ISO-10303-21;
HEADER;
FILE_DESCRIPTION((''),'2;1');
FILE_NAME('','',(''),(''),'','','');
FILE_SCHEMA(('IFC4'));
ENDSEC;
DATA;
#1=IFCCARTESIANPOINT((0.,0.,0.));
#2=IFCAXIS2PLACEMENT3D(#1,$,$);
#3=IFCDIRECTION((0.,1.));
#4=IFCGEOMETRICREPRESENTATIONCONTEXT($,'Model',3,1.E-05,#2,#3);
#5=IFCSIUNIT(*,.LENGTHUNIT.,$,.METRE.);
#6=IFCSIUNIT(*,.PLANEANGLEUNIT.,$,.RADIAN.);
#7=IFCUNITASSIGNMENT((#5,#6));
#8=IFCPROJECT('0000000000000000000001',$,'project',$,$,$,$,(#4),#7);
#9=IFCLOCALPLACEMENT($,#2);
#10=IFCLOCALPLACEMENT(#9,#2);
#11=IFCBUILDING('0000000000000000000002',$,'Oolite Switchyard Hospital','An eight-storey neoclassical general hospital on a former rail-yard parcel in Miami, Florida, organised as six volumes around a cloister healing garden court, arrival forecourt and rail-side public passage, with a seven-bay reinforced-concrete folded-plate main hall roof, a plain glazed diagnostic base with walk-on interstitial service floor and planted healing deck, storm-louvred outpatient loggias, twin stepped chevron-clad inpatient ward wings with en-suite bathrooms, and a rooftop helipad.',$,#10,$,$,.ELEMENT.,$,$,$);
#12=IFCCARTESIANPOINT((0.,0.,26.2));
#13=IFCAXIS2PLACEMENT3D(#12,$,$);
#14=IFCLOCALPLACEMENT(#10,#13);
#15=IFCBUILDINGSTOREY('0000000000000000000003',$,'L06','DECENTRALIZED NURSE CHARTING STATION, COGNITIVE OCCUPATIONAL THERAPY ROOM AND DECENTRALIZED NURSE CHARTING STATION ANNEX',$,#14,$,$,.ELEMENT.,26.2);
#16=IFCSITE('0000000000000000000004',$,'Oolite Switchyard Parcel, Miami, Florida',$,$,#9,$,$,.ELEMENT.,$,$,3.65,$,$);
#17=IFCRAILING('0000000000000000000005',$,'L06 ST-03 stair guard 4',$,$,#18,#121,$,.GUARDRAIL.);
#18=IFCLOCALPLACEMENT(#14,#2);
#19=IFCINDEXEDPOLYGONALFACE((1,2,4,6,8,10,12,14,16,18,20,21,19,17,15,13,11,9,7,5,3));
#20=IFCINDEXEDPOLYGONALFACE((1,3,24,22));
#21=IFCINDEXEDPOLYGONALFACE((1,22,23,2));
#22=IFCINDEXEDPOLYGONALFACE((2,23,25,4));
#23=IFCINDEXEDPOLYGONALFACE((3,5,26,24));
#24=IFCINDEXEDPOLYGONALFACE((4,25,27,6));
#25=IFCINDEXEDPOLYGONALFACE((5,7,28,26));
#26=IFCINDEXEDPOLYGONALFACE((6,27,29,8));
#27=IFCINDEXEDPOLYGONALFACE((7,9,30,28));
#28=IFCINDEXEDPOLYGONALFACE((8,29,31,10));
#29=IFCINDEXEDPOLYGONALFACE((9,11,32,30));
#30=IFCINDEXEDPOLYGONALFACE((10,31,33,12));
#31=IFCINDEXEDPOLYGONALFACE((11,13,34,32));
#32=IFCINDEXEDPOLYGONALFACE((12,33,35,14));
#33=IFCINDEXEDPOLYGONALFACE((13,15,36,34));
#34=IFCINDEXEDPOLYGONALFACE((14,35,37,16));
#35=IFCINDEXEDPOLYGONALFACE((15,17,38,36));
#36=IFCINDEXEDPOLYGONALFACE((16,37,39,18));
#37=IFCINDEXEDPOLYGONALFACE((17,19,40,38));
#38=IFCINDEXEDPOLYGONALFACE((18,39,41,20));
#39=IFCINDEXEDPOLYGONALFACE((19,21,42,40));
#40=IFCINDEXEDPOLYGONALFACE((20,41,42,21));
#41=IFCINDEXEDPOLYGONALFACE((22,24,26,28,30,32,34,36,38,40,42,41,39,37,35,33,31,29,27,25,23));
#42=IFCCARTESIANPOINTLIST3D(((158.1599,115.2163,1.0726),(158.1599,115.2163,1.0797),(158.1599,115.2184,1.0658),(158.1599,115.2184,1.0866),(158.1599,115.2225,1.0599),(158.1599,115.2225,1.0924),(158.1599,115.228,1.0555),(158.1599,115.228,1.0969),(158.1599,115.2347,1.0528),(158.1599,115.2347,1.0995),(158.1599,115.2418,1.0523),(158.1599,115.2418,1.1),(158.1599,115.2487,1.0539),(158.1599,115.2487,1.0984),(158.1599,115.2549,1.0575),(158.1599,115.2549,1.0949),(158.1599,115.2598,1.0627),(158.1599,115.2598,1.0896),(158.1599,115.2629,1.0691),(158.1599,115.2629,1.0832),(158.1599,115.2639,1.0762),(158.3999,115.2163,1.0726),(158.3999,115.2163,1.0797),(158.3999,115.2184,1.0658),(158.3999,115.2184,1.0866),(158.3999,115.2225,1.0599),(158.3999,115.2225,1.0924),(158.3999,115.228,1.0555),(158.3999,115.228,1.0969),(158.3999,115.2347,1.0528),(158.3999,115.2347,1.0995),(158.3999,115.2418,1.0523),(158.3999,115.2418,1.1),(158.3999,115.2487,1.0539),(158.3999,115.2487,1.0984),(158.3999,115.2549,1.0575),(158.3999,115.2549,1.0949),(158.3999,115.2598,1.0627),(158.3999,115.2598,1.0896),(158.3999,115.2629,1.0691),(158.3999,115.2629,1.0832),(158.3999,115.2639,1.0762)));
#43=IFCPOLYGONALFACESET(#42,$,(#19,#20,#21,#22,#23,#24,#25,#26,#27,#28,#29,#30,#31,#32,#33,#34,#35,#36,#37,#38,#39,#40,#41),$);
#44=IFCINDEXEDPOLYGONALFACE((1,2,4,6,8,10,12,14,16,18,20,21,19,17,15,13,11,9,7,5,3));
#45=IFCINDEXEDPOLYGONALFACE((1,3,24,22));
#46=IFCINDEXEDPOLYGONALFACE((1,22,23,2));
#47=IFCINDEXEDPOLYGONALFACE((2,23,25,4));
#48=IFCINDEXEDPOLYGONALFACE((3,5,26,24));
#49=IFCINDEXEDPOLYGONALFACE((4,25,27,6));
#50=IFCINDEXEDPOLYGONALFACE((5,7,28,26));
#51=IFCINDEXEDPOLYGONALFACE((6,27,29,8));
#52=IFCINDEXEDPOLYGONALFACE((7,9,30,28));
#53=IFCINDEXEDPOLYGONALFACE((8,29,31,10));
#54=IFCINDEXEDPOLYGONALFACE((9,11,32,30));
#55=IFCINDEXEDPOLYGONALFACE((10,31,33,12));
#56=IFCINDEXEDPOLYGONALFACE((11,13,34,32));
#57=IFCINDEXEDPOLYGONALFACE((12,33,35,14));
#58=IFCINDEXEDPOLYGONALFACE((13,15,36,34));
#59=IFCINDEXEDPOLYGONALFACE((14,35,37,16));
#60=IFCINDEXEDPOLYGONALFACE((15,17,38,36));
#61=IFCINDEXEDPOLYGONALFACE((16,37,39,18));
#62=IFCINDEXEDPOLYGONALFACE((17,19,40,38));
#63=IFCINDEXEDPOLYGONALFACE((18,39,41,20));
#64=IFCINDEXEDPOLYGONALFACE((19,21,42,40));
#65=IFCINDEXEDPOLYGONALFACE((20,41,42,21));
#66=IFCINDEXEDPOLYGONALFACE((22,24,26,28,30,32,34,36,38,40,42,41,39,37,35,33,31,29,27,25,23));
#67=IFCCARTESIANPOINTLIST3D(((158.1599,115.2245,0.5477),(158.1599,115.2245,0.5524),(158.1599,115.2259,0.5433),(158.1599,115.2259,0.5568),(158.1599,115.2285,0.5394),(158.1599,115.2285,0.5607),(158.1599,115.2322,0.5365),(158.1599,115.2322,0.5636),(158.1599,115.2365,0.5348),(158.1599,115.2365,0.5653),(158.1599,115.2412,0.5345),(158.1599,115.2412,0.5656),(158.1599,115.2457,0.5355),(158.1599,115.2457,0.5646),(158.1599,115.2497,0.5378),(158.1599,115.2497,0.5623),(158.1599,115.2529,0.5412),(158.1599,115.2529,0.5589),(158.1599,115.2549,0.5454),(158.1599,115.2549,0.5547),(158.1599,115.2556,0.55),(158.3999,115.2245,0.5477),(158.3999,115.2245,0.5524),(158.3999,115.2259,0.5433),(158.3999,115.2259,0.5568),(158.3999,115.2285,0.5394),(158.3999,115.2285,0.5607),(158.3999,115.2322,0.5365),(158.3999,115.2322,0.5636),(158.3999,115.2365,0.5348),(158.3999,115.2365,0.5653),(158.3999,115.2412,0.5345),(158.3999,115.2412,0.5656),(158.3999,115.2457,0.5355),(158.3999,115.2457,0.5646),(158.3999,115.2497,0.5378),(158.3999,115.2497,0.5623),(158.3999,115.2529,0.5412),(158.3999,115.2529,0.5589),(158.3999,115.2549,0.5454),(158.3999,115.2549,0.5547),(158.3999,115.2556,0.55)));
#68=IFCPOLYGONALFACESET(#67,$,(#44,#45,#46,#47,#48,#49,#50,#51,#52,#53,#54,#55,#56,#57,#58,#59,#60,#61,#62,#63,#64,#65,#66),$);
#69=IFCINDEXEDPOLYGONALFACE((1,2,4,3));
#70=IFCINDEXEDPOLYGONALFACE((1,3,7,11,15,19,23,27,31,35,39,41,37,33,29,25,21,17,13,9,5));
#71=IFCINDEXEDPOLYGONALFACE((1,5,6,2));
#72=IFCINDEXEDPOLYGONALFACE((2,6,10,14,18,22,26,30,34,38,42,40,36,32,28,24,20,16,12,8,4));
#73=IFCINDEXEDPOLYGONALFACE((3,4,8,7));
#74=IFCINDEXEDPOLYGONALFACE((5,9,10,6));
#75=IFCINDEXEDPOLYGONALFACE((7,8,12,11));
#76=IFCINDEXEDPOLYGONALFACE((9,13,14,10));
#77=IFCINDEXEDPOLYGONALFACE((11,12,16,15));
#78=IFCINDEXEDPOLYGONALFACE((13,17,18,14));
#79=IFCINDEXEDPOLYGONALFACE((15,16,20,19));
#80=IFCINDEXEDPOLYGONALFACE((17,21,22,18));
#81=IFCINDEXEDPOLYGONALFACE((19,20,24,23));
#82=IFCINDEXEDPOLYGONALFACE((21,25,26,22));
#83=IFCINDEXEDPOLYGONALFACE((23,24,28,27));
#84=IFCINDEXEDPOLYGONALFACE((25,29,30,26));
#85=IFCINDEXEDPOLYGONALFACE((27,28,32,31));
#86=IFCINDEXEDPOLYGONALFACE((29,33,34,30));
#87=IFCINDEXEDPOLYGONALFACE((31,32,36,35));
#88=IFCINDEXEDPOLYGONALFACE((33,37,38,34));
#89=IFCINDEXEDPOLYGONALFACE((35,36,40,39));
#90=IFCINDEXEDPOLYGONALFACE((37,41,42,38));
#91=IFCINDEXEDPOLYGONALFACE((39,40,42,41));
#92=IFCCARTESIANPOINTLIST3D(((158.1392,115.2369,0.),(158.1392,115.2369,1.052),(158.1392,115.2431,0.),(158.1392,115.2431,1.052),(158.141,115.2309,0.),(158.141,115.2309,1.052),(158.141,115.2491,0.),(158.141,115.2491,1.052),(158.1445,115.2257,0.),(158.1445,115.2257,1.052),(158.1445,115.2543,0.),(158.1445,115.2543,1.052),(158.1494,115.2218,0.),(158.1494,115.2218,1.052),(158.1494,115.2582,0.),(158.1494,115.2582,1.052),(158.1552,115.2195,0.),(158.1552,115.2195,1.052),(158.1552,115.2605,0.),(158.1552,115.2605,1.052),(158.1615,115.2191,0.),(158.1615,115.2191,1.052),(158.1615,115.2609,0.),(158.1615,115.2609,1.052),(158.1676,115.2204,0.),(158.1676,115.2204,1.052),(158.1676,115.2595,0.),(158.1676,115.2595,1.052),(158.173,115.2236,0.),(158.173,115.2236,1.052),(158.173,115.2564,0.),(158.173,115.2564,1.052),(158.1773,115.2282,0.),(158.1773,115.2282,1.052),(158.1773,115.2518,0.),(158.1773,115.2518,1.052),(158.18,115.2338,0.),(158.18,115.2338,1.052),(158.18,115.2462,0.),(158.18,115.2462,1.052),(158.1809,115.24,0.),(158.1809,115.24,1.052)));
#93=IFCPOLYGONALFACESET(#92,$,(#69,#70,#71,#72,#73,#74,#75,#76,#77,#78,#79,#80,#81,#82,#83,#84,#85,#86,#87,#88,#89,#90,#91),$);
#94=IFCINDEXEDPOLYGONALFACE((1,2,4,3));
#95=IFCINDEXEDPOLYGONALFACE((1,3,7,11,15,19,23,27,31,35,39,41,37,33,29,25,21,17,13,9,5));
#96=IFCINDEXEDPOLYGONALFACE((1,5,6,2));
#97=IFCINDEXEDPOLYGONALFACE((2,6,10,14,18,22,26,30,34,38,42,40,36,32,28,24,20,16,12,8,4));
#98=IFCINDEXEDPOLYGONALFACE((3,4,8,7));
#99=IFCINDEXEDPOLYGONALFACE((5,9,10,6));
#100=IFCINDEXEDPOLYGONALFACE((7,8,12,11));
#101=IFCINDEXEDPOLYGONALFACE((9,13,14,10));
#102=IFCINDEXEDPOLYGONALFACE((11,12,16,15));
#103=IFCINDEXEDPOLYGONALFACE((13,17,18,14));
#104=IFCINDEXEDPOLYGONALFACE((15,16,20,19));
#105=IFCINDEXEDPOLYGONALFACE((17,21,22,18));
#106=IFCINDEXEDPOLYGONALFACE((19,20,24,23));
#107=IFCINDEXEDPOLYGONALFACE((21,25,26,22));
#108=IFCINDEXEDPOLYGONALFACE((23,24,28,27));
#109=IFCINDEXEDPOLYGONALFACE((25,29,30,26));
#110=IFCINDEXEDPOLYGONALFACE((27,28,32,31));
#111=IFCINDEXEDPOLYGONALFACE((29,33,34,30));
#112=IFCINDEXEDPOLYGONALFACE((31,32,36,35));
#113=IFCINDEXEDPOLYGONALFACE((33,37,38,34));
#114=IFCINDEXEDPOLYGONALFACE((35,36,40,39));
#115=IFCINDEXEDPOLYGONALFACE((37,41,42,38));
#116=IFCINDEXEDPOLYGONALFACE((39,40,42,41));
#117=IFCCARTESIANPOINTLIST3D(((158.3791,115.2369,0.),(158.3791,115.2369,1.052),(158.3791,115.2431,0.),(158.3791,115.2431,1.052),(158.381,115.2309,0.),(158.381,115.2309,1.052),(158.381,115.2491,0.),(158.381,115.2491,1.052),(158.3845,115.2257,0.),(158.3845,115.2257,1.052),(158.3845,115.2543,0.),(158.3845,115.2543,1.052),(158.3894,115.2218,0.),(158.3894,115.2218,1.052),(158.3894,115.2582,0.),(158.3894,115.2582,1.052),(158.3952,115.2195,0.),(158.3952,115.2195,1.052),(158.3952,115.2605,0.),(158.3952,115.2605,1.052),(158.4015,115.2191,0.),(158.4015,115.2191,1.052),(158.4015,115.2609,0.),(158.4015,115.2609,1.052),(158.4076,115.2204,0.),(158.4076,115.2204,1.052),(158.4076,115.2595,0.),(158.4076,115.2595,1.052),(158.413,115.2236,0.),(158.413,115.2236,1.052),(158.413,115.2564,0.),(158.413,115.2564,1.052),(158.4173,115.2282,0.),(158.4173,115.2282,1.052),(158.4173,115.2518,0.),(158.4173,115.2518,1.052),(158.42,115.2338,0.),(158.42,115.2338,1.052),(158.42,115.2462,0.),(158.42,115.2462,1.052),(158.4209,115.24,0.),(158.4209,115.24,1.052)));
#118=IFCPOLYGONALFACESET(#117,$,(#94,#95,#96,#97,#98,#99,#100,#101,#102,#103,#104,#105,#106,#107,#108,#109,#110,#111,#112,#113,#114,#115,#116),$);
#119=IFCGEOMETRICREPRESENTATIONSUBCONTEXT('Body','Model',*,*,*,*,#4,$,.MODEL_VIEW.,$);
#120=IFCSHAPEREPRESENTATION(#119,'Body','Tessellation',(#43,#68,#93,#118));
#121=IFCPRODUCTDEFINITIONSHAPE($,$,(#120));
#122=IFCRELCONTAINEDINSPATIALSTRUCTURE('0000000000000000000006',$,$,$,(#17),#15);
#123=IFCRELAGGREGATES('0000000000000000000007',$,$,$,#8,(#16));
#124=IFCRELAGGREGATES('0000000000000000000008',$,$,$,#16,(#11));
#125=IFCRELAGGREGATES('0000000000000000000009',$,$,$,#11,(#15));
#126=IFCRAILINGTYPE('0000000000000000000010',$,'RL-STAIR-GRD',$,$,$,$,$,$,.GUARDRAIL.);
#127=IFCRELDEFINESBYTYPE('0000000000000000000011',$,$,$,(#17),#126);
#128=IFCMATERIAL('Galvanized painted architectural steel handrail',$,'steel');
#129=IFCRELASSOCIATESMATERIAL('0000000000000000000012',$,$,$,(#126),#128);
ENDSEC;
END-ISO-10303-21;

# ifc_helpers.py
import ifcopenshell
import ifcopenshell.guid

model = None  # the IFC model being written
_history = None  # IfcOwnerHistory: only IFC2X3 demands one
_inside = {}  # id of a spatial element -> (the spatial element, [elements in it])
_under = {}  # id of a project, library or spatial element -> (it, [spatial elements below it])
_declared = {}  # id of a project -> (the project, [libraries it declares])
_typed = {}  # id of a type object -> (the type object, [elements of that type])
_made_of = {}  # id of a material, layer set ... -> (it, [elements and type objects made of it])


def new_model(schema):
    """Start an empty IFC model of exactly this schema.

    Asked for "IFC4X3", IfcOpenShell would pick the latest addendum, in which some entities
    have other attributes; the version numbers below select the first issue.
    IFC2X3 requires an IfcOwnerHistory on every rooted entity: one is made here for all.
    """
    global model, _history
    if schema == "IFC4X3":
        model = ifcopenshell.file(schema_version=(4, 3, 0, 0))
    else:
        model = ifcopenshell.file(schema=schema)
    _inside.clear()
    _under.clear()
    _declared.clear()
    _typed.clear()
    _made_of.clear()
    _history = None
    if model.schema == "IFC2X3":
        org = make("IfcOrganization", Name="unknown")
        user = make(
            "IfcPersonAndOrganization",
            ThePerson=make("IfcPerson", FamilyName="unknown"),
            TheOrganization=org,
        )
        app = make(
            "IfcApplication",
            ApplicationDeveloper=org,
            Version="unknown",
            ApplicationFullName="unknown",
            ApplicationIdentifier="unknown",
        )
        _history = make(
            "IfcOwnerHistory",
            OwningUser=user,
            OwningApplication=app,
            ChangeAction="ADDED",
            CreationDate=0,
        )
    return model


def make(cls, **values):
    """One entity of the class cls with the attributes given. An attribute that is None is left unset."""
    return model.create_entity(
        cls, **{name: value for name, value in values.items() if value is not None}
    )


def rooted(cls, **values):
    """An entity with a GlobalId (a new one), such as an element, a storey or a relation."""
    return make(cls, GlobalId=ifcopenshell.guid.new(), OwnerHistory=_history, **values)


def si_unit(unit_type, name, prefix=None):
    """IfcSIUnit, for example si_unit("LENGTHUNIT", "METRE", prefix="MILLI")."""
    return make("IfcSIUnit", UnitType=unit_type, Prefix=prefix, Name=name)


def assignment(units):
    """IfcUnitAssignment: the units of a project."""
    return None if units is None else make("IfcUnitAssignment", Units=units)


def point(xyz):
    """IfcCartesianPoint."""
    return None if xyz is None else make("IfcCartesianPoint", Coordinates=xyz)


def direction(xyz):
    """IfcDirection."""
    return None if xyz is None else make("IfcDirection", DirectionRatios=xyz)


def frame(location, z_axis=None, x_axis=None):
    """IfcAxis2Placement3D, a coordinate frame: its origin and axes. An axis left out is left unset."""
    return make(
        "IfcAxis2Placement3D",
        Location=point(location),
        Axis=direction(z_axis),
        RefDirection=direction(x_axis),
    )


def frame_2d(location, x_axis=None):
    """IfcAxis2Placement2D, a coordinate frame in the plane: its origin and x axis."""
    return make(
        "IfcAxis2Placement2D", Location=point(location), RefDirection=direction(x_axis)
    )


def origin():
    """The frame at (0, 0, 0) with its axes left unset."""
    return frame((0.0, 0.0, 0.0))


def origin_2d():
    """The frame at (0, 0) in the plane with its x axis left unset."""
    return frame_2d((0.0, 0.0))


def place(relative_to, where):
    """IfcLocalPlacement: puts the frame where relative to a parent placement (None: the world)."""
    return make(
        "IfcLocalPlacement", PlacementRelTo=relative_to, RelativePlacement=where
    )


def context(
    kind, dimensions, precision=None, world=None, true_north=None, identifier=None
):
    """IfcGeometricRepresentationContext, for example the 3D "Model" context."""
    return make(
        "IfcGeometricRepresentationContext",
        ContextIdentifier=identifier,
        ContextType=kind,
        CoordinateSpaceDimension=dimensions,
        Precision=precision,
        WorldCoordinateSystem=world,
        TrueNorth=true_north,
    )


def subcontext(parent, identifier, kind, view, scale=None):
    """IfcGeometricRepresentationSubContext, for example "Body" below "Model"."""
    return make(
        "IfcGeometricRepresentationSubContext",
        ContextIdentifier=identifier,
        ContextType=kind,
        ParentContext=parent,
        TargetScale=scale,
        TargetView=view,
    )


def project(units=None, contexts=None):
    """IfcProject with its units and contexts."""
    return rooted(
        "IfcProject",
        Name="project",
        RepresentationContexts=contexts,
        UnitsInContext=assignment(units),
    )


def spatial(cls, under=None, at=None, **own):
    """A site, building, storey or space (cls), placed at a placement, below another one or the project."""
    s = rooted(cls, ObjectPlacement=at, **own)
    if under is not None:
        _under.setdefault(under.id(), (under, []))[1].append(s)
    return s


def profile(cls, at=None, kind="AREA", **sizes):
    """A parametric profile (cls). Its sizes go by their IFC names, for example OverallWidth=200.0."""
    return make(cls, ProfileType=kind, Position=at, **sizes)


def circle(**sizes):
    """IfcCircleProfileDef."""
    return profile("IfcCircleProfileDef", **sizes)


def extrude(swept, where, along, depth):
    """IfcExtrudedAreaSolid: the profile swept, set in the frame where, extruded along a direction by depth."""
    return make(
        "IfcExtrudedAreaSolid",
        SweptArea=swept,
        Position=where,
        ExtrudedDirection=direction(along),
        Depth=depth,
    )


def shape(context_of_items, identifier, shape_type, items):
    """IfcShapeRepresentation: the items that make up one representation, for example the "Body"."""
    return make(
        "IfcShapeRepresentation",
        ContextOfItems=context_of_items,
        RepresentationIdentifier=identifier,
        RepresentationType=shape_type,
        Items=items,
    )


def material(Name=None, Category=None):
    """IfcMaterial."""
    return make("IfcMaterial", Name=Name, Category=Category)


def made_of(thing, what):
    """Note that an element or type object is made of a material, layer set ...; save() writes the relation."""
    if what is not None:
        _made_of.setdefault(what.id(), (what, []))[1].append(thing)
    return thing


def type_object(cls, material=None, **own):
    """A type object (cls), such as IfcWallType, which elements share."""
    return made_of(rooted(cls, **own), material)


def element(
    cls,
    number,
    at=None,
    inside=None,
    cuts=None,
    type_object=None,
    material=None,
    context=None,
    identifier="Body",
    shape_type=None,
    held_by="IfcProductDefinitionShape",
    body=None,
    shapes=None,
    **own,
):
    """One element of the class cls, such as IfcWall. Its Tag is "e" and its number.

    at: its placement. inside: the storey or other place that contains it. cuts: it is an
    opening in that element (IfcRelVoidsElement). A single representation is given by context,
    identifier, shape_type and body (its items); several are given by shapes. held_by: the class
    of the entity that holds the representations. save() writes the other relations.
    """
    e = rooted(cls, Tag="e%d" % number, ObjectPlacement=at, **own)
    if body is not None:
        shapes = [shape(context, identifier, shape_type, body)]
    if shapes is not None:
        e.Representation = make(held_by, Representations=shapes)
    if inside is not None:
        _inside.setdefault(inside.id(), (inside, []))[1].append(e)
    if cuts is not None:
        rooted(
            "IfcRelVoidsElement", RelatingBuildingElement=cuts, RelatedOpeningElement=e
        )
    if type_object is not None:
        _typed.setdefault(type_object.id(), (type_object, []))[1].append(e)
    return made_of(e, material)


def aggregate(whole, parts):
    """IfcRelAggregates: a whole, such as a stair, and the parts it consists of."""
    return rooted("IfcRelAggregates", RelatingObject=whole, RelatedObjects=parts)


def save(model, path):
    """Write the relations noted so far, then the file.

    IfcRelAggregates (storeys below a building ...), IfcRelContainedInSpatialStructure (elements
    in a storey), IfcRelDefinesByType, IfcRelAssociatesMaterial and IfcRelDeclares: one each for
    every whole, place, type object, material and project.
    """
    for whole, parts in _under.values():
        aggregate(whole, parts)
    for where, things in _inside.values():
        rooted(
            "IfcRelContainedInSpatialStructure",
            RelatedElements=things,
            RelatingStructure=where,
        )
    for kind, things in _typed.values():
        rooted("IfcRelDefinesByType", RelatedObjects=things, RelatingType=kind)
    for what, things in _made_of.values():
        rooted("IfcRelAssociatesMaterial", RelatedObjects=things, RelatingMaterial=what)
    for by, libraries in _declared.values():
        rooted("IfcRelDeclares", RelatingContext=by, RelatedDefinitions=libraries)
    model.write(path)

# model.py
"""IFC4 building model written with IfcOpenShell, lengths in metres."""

from ifc_helpers import new_model, si_unit, direction, frame, origin, origin_2d, place, context, subcontext, project, spatial, circle, extrude, material, type_object, element, save


model = new_model("IFC4")

# Units and contexts
model_context = context("Model", 3, precision=1e-05, world=origin(), true_north=direction((0.0, 1.0)))
body_context = subcontext(model_context, "Body", "Model", "MODEL_VIEW")
ifc_project = project(units=[si_unit("LENGTHUNIT", "METRE"), si_unit("PLANEANGLEUNIT", "RADIAN")], contexts=[model_context])

# Site, building, storey
site_placement = place(None, origin())
site = spatial("IfcSite", under=ifc_project, at=site_placement, Name="Oolite Switchyard Parcel, Miami, Florida", CompositionType="ELEMENT", RefElevation=3.65)
building_placement = place(site_placement, origin())
building = spatial("IfcBuilding", under=site, at=building_placement, Name="Oolite Switchyard Hospital", Description="An eight-storey neoclassical general hospital on a former rail-yard parcel in Miami, Florida, organised as six volumes around a cloister healing garden court, arrival forecourt and rail-side public passage, with a seven-bay reinforced-concrete folded-plate main hall roof, a plain glazed diagnostic base with walk-on interstitial service floor and planted healing deck, storm-louvred outpatient loggias, twin stepped chevron-clad inpatient ward wings with en-suite bathrooms, and a rooftop helipad.", CompositionType="ELEMENT")
storey_placement = place(building_placement, frame((0.0, 0.0, 26.2)))
storey = spatial("IfcBuildingStorey", under=building, at=storey_placement, Name="L06", Description="DECENTRALIZED NURSE CHARTING STATION, COGNITIVE OCCUPATIONAL THERAPY ROOM AND DECENTRALIZED NURSE CHARTING STATION ANNEX", CompositionType="ELEMENT", Elevation=26.2)

# Railing
ifc_material_1 = material(Name="Galvanized painted architectural steel handrail", Category="steel")
railing_type_1 = type_object("IfcRailingType", Name="RL-STAIR-GRD", PredefinedType="GUARDRAIL", material=ifc_material_1)
railing_1_placement = place(storey_placement, frame((158.1599, 115.24, 0.0)))
element("IfcRailing", 1, at=railing_1_placement, inside=storey, type_object=railing_type_1, Name="L06 ST-03 stair guard 4", PredefinedType="GUARDRAIL", context=body_context, shape_type="SweptSolid", body=[
    extrude(circle(Radius=0.0239, at=origin_2d()), frame((0.0, 0.0, 1.0762), z_axis=(1.0, 0.0, 0.0), x_axis=(0.0, 1.0, 0.0)), (0.0, 0.0, 1.0), 0.24),
    extrude(circle(Radius=0.0156, at=origin_2d()), frame((0.0, 0.0, 0.55), z_axis=(1.0, 0.0, 0.0), x_axis=(0.0, 1.0, 0.0)), (0.0, 0.0, 1.0), 0.24),
    extrude(circle(Radius=0.021, at=origin_2d()), origin(), (0.0, 0.0, 1.0), 1.052),
    extrude(circle(Radius=0.021, at=origin_2d()), frame((0.24, 0.0, 0.0)), (0.0, 0.0, 1.0), 1.052),
])

save(model, "model.ifc")
